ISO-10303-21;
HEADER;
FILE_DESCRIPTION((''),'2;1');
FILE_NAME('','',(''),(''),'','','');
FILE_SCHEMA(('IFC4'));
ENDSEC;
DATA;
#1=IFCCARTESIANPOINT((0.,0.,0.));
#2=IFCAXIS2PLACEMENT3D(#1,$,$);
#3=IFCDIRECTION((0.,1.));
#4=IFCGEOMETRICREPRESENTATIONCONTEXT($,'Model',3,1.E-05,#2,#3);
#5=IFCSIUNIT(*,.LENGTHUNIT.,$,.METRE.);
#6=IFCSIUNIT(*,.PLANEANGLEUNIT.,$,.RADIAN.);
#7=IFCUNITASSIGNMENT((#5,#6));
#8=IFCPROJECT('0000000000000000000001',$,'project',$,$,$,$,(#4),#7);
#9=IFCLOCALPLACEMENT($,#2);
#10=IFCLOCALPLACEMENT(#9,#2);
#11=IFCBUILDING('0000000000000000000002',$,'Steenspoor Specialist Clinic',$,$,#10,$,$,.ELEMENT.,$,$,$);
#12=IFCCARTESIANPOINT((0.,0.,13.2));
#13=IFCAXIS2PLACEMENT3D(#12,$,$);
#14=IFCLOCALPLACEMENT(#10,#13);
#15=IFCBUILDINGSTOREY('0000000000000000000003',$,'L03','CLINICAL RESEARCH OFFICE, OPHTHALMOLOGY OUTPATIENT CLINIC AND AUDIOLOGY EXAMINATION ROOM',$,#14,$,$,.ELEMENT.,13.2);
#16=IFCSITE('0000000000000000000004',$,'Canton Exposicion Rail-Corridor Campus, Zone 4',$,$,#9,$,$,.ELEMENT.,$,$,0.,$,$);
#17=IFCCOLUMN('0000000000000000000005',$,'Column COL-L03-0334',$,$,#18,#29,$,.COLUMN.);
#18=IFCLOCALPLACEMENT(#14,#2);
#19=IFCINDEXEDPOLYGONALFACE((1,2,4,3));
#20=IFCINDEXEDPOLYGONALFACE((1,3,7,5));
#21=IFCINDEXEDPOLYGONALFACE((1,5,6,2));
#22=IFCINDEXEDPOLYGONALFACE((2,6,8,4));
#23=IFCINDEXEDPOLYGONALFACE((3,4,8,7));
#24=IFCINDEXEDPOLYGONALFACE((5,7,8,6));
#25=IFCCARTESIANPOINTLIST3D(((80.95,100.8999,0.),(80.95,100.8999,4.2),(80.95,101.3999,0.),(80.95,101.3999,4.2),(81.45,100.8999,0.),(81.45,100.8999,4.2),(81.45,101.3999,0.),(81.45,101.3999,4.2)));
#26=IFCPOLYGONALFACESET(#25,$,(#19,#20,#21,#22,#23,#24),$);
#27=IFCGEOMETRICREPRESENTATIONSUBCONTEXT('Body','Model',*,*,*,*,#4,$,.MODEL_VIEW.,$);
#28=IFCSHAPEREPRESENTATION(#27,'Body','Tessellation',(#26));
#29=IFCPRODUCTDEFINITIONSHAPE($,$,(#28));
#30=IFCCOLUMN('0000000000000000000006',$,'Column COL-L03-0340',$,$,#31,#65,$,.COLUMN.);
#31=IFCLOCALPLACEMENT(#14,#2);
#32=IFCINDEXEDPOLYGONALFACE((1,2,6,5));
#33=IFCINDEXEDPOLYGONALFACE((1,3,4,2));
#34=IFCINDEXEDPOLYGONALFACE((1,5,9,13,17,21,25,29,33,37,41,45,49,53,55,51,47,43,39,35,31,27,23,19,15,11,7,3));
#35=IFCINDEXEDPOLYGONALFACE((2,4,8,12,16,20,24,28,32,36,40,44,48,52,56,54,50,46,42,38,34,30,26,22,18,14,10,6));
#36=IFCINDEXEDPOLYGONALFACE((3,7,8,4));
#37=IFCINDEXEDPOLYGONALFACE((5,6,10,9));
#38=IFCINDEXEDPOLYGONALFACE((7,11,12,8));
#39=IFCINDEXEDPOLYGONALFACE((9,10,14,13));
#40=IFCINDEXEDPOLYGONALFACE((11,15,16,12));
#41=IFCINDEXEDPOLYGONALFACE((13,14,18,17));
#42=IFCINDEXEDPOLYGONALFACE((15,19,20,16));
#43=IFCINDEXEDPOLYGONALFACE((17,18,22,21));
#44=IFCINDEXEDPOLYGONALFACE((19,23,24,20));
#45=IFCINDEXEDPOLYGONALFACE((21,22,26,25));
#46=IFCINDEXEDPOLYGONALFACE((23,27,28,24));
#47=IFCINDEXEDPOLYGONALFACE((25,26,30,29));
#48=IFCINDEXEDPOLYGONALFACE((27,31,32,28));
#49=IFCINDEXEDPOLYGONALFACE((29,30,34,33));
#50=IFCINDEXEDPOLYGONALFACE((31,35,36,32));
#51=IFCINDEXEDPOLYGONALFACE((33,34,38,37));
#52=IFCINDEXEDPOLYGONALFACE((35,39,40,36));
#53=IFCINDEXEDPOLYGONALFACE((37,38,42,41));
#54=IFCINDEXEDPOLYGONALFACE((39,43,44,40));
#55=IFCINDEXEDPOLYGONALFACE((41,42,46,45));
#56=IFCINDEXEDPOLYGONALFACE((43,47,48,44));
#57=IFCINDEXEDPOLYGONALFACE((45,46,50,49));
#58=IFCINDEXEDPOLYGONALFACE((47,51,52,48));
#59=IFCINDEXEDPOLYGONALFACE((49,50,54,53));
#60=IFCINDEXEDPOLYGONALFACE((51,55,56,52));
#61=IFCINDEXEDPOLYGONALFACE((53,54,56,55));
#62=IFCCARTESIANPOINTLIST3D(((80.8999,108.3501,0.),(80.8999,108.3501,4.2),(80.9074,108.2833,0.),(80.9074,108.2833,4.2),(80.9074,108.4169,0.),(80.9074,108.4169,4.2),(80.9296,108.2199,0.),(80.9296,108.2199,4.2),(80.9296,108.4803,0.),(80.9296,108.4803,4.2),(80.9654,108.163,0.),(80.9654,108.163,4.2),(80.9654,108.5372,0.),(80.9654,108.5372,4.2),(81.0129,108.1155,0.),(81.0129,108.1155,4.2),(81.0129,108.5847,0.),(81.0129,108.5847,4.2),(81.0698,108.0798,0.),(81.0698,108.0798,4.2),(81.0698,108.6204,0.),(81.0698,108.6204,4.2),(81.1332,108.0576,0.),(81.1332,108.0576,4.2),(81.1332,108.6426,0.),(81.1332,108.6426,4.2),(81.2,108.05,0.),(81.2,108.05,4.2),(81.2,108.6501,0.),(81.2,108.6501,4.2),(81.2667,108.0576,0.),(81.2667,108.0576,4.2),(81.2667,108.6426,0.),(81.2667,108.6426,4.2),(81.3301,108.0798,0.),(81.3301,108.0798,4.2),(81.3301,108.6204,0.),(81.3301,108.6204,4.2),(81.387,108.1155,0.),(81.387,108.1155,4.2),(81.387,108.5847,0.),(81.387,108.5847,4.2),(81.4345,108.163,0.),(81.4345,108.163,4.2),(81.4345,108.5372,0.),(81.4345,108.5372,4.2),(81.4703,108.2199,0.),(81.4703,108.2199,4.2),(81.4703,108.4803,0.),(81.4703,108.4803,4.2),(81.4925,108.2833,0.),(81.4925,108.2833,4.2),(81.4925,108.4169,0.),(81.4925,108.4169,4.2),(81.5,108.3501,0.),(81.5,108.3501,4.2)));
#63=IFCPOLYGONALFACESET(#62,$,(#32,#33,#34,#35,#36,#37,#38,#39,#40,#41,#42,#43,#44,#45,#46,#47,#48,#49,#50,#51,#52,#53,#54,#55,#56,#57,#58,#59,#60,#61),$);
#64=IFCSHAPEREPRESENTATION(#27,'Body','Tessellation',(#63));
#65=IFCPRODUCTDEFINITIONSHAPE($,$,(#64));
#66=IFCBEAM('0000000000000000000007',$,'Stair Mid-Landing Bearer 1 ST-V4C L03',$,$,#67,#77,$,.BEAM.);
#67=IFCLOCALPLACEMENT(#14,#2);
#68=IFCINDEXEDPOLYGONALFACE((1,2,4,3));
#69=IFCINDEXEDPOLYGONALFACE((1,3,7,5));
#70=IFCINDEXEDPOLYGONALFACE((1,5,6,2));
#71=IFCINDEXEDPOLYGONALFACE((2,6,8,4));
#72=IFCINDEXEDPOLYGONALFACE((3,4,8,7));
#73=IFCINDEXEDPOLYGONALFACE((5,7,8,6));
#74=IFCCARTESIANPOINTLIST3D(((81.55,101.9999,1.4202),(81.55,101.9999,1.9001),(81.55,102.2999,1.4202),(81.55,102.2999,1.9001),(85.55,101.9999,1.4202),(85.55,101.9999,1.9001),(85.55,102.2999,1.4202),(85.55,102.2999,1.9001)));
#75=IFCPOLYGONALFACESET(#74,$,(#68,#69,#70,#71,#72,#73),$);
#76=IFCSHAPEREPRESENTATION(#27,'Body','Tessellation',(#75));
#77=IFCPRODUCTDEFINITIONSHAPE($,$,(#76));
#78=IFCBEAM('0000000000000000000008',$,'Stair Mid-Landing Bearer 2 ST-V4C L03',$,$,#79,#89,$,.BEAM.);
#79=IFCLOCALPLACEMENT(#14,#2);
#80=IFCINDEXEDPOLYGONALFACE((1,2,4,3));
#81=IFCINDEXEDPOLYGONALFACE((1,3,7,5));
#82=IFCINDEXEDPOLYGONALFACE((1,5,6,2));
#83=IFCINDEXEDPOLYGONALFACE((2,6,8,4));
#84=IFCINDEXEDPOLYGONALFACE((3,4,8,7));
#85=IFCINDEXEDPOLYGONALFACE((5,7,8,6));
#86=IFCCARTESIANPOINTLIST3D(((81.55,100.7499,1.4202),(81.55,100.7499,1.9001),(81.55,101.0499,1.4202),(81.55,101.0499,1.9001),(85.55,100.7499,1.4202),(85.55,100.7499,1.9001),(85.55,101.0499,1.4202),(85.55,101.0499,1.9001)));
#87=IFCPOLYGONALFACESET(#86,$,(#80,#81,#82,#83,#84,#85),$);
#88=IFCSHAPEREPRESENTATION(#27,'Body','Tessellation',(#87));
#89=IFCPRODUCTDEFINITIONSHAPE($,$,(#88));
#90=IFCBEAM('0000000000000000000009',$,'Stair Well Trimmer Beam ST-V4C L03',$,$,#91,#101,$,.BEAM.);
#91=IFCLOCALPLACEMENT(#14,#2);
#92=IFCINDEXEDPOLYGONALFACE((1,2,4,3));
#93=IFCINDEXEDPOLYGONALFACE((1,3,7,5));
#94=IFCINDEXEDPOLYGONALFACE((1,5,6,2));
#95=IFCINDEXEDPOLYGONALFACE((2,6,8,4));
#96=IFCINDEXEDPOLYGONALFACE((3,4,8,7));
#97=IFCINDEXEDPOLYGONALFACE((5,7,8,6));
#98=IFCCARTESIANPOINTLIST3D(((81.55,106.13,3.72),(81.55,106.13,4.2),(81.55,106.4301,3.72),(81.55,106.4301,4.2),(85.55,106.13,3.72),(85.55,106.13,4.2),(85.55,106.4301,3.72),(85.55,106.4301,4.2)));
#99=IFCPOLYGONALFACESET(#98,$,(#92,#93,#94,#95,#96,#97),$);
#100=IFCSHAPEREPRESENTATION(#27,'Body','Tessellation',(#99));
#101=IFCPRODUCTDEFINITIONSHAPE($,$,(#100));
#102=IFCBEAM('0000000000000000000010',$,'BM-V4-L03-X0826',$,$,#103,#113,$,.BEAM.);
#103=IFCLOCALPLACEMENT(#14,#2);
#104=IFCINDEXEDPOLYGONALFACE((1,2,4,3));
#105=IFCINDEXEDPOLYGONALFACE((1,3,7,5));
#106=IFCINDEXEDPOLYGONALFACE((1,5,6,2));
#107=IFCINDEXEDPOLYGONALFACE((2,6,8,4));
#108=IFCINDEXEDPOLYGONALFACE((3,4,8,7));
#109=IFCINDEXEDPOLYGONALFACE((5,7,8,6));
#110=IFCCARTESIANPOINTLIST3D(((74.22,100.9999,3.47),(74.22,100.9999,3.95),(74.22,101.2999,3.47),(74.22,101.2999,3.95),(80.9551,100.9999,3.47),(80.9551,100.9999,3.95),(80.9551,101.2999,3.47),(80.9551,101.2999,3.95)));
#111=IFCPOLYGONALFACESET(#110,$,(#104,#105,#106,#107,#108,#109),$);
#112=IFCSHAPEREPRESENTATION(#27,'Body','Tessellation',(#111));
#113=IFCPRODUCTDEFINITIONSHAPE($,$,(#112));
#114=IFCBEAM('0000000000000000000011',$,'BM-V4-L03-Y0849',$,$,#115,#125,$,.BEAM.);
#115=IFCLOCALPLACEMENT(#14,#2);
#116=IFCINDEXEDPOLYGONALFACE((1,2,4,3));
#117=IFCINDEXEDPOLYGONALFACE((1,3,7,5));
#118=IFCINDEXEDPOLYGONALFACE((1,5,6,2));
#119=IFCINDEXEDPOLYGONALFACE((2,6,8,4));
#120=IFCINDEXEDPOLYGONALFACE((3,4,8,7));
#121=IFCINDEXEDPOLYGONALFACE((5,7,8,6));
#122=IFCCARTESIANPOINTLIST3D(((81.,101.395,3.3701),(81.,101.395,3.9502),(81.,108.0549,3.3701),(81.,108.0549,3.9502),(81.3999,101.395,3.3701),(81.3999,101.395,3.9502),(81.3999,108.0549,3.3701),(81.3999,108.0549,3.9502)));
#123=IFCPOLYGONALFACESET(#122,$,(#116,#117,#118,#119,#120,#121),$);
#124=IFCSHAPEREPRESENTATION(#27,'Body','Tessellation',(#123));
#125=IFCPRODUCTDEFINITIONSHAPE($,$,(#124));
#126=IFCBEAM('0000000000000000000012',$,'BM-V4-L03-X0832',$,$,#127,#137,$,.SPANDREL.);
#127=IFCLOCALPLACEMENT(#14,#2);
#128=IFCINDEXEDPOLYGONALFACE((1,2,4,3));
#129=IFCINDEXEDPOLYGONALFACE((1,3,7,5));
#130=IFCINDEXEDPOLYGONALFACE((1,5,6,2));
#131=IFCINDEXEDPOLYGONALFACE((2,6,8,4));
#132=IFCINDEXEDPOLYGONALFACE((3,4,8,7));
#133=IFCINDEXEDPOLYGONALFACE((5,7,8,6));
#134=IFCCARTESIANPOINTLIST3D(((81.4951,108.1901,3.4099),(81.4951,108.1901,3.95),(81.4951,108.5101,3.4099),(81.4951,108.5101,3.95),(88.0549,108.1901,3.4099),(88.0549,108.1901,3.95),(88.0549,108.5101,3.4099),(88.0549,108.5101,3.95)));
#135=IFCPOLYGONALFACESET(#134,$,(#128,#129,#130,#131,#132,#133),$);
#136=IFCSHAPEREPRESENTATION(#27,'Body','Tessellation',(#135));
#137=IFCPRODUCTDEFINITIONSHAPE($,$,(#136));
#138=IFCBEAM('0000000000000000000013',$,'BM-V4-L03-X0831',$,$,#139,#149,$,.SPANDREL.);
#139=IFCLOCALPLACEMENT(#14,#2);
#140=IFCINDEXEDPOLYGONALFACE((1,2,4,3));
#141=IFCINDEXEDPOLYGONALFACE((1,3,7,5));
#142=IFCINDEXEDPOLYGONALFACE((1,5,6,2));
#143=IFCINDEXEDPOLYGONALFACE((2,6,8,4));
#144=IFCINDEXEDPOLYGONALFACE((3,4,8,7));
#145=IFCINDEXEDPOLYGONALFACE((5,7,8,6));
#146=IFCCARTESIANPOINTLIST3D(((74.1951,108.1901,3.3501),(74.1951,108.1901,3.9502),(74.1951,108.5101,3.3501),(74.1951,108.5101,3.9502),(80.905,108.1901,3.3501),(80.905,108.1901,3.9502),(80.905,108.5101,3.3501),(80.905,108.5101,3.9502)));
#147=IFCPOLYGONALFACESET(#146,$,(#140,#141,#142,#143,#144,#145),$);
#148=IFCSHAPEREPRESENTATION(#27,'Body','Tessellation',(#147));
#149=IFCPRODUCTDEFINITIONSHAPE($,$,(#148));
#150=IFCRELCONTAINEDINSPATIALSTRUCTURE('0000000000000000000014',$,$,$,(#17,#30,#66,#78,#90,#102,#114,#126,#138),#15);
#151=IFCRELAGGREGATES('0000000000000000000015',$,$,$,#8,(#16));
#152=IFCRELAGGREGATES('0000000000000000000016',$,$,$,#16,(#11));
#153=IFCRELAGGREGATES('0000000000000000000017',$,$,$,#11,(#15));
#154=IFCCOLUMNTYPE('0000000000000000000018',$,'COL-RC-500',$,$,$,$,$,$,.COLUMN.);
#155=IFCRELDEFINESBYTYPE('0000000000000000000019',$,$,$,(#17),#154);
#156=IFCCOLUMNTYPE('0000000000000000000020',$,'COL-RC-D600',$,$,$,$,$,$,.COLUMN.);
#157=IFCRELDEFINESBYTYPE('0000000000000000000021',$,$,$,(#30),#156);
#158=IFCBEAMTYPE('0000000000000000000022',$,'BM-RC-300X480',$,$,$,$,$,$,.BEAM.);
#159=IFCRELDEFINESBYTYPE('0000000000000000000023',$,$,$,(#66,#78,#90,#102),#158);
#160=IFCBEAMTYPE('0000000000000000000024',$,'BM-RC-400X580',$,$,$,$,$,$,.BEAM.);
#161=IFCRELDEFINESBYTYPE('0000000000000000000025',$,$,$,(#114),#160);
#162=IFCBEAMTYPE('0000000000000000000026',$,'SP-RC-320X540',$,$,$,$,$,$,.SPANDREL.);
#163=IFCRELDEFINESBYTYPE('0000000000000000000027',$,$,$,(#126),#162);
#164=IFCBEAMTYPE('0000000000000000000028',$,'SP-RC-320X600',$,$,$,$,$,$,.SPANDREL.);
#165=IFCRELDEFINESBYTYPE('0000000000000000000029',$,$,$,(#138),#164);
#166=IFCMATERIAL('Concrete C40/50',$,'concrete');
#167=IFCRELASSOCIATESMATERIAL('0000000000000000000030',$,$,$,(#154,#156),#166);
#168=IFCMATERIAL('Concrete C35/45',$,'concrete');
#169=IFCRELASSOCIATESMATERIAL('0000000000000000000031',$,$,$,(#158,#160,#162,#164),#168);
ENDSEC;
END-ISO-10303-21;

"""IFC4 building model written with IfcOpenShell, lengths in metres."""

from ifc_helpers import new_model, si_unit, direction, frame, origin, origin_2d, place, context, subcontext, project, spatial, rectangle, circle, extrude, material, material_profile, profile_set, type_object, element, save


model = new_model("IFC4")

# Units and contexts
model_context = context("Model", 3, precision=1e-05, world=origin(), true_north=direction((0.0, 1.0)))
body_context = subcontext(model_context, "Body", "Model", "MODEL_VIEW")
ifc_project = project(units=[si_unit("LENGTHUNIT", "METRE"), si_unit("PLANEANGLEUNIT", "RADIAN")], contexts=[model_context])

# Site, building, storey
site_placement = place(None, origin())
site = spatial("IfcSite", under=ifc_project, at=site_placement, Name="Canton Exposicion Rail-Corridor Campus, Zone 4", CompositionType="ELEMENT", RefElevation=0.0)
building_placement = place(site_placement, origin())
building = spatial("IfcBuilding", under=site, at=building_placement, Name="Steenspoor Specialist Clinic", CompositionType="ELEMENT")
storey_placement = place(building_placement, frame((0.0, 0.0, 13.2)))
storey = spatial("IfcBuildingStorey", under=building, at=storey_placement, Name="L03", Description="CLINICAL RESEARCH OFFICE, OPHTHALMOLOGY OUTPATIENT CLINIC AND AUDIOLOGY EXAMINATION ROOM", CompositionType="ELEMENT", Elevation=13.2)

# Columns
ifc_material_1 = material(Name="Concrete C40/50", Category="concrete")
ifc_material_profile_1 = material_profile(ifc_material_1, rectangle(XDim=0.5, YDim=0.5, at=origin_2d()), Name="RC-COL-500X500")
ifc_profile_set_1 = profile_set([ifc_material_profile_1], Name="Concrete C40/50")
column_type_1 = type_object("IfcColumnType", Name="COL-RC-500", PredefinedType="COLUMN", material=ifc_profile_set_1)
column_1_placement = place(storey_placement, frame((81.2, 101.1499, 0.0), z_axis=(0.0, 0.0, 1.0), x_axis=(1.0, 0.0, 0.0)))
element("IfcColumn", 1, at=column_1_placement, inside=storey, type_object=column_type_1, Name="Column COL-L03-0334", PredefinedType="COLUMN", context=body_context, shape_type="SweptSolid", body=[
    extrude(rectangle(XDim=0.5, YDim=0.5, at=origin_2d()), origin(), (0.0, 0.0, 1.0), 4.2),
])
ifc_material_profile_2 = material_profile(ifc_material_1, circle(Radius=0.3, at=origin_2d()), Name="RC-COL-D600")
ifc_profile_set_2 = profile_set([ifc_material_profile_2], Name="Concrete C40/50")
column_type_2 = type_object("IfcColumnType", Name="COL-RC-D600", PredefinedType="COLUMN", material=ifc_profile_set_2)
column_2_placement = place(storey_placement, frame((81.2, 108.3501, 0.0), z_axis=(0.0, 0.0, 1.0), x_axis=(1.0, 0.0, 0.0)))
element("IfcColumn", 2, at=column_2_placement, inside=storey, type_object=column_type_2, Name="Column COL-L03-0340", PredefinedType="COLUMN", context=body_context, shape_type="SweptSolid", body=[
    extrude(circle(Radius=0.3, at=origin_2d()), origin(), (0.0, 0.0, 1.0), 4.2),
])

# Beams
ifc_material_2 = material(Name="Concrete C35/45", Category="concrete")
ifc_material_profile_3 = material_profile(ifc_material_2, rectangle(XDim=0.3, YDim=0.48, at=origin_2d()), Name="RC-BM-300X480")
ifc_profile_set_3 = profile_set([ifc_material_profile_3], Name="Concrete C35/45")
beam_type_1 = type_object("IfcBeamType", Name="BM-RC-300X480", PredefinedType="BEAM", material=ifc_profile_set_3)
for number, where, z_axis, x_axis, name in (
    (3, (81.55, 102.1499, 1.6602), (1.0, 0.0, 0.0), (0.0, 1.0, 0.0), "Stair Mid-Landing Bearer 1 ST-V4C L03"),
    (4, (81.55, 100.8999, 1.6602), (1.0, 0.0, 0.0), (0.0, 1.0, 0.0), "Stair Mid-Landing Bearer 2 ST-V4C L03"),
    (5, (81.55, 106.28, 3.96), (1.0, 0.0, 0.0), (0.0, 1.0, 0.0), "Stair Well Trimmer Beam ST-V4C L03"),
):
    element("IfcBeam", number, at=place(storey_placement, frame(where, z_axis=z_axis, x_axis=x_axis)), inside=storey, type_object=beam_type_1, Name=name, PredefinedType="BEAM", context=body_context, shape_type="SweptSolid", body=[
        extrude(rectangle(XDim=0.3, YDim=0.48, at=origin_2d()), origin(), (0.0, 0.0, 1.0), 4.0),
    ])
beam_1_placement = place(storey_placement, frame((74.22, 101.1499, 3.71), z_axis=(1.0, 0.0, 0.0), x_axis=(0.0, 1.0, 0.0)))
element("IfcBeam", 6, at=beam_1_placement, inside=storey, type_object=beam_type_1, Name="BM-V4-L03-X0826", PredefinedType="BEAM", context=body_context, shape_type="SweptSolid", body=[
    extrude(rectangle(XDim=0.3, YDim=0.48, at=origin_2d()), origin(), (0.0, 0.0, 1.0), 6.7351),
])
ifc_material_profile_4 = material_profile(ifc_material_2, rectangle(XDim=0.3999, YDim=0.5801, at=origin_2d()), Name="RC-BM-400X580")
ifc_profile_set_4 = profile_set([ifc_material_profile_4], Name="Concrete C35/45")
beam_type_2 = type_object("IfcBeamType", Name="BM-RC-400X580", PredefinedType="BEAM", material=ifc_profile_set_4)
beam_2_placement = place(storey_placement, frame((81.2, 101.395, 3.6602), z_axis=(0.0, 1.0, 0.0), x_axis=(-1.0, 0.0, 0.0)))
element("IfcBeam", 7, at=beam_2_placement, inside=storey, type_object=beam_type_2, Name="BM-V4-L03-Y0849", PredefinedType="BEAM", context=body_context, shape_type="SweptSolid", body=[
    extrude(rectangle(XDim=0.3999, YDim=0.5801, at=origin_2d()), origin(), (0.0, 0.0, 1.0), 6.6599),
])
ifc_material_profile_5 = material_profile(ifc_material_2, rectangle(XDim=0.3201, YDim=0.54, at=origin_2d()), Name="RC-SP-320X540")
ifc_profile_set_5 = profile_set([ifc_material_profile_5], Name="Concrete C35/45")
beam_type_3 = type_object("IfcBeamType", Name="SP-RC-320X540", PredefinedType="SPANDREL", material=ifc_profile_set_5)
beam_3_placement = place(storey_placement, frame((81.4951, 108.3501, 3.6799), z_axis=(1.0, 0.0, 0.0), x_axis=(0.0, 1.0, 0.0)))
element("IfcBeam", 8, at=beam_3_placement, inside=storey, type_object=beam_type_3, Name="BM-V4-L03-X0832", PredefinedType="SPANDREL", context=body_context, shape_type="SweptSolid", body=[
    extrude(rectangle(XDim=0.3201, YDim=0.54, at=origin_2d()), origin(), (0.0, 0.0, 1.0), 6.5598),
])
ifc_material_profile_6 = material_profile(ifc_material_2, rectangle(XDim=0.3201, YDim=0.6001, at=origin_2d()), Name="RC-SP-320X600")
ifc_profile_set_6 = profile_set([ifc_material_profile_6], Name="Concrete C35/45")
beam_type_4 = type_object("IfcBeamType", Name="SP-RC-320X600", PredefinedType="SPANDREL", material=ifc_profile_set_6)
beam_4_placement = place(storey_placement, frame((74.1951, 108.3501, 3.6501), z_axis=(1.0, 0.0, 0.0), x_axis=(0.0, 1.0, 0.0)))
element("IfcBeam", 9, at=beam_4_placement, inside=storey, type_object=beam_type_4, Name="BM-V4-L03-X0831", PredefinedType="SPANDREL", context=body_context, shape_type="SweptSolid", body=[
    extrude(rectangle(XDim=0.3201, YDim=0.6001, at=origin_2d()), origin(), (0.0, 0.0, 1.0), 6.71),
])

save(model, "model.ifc")
